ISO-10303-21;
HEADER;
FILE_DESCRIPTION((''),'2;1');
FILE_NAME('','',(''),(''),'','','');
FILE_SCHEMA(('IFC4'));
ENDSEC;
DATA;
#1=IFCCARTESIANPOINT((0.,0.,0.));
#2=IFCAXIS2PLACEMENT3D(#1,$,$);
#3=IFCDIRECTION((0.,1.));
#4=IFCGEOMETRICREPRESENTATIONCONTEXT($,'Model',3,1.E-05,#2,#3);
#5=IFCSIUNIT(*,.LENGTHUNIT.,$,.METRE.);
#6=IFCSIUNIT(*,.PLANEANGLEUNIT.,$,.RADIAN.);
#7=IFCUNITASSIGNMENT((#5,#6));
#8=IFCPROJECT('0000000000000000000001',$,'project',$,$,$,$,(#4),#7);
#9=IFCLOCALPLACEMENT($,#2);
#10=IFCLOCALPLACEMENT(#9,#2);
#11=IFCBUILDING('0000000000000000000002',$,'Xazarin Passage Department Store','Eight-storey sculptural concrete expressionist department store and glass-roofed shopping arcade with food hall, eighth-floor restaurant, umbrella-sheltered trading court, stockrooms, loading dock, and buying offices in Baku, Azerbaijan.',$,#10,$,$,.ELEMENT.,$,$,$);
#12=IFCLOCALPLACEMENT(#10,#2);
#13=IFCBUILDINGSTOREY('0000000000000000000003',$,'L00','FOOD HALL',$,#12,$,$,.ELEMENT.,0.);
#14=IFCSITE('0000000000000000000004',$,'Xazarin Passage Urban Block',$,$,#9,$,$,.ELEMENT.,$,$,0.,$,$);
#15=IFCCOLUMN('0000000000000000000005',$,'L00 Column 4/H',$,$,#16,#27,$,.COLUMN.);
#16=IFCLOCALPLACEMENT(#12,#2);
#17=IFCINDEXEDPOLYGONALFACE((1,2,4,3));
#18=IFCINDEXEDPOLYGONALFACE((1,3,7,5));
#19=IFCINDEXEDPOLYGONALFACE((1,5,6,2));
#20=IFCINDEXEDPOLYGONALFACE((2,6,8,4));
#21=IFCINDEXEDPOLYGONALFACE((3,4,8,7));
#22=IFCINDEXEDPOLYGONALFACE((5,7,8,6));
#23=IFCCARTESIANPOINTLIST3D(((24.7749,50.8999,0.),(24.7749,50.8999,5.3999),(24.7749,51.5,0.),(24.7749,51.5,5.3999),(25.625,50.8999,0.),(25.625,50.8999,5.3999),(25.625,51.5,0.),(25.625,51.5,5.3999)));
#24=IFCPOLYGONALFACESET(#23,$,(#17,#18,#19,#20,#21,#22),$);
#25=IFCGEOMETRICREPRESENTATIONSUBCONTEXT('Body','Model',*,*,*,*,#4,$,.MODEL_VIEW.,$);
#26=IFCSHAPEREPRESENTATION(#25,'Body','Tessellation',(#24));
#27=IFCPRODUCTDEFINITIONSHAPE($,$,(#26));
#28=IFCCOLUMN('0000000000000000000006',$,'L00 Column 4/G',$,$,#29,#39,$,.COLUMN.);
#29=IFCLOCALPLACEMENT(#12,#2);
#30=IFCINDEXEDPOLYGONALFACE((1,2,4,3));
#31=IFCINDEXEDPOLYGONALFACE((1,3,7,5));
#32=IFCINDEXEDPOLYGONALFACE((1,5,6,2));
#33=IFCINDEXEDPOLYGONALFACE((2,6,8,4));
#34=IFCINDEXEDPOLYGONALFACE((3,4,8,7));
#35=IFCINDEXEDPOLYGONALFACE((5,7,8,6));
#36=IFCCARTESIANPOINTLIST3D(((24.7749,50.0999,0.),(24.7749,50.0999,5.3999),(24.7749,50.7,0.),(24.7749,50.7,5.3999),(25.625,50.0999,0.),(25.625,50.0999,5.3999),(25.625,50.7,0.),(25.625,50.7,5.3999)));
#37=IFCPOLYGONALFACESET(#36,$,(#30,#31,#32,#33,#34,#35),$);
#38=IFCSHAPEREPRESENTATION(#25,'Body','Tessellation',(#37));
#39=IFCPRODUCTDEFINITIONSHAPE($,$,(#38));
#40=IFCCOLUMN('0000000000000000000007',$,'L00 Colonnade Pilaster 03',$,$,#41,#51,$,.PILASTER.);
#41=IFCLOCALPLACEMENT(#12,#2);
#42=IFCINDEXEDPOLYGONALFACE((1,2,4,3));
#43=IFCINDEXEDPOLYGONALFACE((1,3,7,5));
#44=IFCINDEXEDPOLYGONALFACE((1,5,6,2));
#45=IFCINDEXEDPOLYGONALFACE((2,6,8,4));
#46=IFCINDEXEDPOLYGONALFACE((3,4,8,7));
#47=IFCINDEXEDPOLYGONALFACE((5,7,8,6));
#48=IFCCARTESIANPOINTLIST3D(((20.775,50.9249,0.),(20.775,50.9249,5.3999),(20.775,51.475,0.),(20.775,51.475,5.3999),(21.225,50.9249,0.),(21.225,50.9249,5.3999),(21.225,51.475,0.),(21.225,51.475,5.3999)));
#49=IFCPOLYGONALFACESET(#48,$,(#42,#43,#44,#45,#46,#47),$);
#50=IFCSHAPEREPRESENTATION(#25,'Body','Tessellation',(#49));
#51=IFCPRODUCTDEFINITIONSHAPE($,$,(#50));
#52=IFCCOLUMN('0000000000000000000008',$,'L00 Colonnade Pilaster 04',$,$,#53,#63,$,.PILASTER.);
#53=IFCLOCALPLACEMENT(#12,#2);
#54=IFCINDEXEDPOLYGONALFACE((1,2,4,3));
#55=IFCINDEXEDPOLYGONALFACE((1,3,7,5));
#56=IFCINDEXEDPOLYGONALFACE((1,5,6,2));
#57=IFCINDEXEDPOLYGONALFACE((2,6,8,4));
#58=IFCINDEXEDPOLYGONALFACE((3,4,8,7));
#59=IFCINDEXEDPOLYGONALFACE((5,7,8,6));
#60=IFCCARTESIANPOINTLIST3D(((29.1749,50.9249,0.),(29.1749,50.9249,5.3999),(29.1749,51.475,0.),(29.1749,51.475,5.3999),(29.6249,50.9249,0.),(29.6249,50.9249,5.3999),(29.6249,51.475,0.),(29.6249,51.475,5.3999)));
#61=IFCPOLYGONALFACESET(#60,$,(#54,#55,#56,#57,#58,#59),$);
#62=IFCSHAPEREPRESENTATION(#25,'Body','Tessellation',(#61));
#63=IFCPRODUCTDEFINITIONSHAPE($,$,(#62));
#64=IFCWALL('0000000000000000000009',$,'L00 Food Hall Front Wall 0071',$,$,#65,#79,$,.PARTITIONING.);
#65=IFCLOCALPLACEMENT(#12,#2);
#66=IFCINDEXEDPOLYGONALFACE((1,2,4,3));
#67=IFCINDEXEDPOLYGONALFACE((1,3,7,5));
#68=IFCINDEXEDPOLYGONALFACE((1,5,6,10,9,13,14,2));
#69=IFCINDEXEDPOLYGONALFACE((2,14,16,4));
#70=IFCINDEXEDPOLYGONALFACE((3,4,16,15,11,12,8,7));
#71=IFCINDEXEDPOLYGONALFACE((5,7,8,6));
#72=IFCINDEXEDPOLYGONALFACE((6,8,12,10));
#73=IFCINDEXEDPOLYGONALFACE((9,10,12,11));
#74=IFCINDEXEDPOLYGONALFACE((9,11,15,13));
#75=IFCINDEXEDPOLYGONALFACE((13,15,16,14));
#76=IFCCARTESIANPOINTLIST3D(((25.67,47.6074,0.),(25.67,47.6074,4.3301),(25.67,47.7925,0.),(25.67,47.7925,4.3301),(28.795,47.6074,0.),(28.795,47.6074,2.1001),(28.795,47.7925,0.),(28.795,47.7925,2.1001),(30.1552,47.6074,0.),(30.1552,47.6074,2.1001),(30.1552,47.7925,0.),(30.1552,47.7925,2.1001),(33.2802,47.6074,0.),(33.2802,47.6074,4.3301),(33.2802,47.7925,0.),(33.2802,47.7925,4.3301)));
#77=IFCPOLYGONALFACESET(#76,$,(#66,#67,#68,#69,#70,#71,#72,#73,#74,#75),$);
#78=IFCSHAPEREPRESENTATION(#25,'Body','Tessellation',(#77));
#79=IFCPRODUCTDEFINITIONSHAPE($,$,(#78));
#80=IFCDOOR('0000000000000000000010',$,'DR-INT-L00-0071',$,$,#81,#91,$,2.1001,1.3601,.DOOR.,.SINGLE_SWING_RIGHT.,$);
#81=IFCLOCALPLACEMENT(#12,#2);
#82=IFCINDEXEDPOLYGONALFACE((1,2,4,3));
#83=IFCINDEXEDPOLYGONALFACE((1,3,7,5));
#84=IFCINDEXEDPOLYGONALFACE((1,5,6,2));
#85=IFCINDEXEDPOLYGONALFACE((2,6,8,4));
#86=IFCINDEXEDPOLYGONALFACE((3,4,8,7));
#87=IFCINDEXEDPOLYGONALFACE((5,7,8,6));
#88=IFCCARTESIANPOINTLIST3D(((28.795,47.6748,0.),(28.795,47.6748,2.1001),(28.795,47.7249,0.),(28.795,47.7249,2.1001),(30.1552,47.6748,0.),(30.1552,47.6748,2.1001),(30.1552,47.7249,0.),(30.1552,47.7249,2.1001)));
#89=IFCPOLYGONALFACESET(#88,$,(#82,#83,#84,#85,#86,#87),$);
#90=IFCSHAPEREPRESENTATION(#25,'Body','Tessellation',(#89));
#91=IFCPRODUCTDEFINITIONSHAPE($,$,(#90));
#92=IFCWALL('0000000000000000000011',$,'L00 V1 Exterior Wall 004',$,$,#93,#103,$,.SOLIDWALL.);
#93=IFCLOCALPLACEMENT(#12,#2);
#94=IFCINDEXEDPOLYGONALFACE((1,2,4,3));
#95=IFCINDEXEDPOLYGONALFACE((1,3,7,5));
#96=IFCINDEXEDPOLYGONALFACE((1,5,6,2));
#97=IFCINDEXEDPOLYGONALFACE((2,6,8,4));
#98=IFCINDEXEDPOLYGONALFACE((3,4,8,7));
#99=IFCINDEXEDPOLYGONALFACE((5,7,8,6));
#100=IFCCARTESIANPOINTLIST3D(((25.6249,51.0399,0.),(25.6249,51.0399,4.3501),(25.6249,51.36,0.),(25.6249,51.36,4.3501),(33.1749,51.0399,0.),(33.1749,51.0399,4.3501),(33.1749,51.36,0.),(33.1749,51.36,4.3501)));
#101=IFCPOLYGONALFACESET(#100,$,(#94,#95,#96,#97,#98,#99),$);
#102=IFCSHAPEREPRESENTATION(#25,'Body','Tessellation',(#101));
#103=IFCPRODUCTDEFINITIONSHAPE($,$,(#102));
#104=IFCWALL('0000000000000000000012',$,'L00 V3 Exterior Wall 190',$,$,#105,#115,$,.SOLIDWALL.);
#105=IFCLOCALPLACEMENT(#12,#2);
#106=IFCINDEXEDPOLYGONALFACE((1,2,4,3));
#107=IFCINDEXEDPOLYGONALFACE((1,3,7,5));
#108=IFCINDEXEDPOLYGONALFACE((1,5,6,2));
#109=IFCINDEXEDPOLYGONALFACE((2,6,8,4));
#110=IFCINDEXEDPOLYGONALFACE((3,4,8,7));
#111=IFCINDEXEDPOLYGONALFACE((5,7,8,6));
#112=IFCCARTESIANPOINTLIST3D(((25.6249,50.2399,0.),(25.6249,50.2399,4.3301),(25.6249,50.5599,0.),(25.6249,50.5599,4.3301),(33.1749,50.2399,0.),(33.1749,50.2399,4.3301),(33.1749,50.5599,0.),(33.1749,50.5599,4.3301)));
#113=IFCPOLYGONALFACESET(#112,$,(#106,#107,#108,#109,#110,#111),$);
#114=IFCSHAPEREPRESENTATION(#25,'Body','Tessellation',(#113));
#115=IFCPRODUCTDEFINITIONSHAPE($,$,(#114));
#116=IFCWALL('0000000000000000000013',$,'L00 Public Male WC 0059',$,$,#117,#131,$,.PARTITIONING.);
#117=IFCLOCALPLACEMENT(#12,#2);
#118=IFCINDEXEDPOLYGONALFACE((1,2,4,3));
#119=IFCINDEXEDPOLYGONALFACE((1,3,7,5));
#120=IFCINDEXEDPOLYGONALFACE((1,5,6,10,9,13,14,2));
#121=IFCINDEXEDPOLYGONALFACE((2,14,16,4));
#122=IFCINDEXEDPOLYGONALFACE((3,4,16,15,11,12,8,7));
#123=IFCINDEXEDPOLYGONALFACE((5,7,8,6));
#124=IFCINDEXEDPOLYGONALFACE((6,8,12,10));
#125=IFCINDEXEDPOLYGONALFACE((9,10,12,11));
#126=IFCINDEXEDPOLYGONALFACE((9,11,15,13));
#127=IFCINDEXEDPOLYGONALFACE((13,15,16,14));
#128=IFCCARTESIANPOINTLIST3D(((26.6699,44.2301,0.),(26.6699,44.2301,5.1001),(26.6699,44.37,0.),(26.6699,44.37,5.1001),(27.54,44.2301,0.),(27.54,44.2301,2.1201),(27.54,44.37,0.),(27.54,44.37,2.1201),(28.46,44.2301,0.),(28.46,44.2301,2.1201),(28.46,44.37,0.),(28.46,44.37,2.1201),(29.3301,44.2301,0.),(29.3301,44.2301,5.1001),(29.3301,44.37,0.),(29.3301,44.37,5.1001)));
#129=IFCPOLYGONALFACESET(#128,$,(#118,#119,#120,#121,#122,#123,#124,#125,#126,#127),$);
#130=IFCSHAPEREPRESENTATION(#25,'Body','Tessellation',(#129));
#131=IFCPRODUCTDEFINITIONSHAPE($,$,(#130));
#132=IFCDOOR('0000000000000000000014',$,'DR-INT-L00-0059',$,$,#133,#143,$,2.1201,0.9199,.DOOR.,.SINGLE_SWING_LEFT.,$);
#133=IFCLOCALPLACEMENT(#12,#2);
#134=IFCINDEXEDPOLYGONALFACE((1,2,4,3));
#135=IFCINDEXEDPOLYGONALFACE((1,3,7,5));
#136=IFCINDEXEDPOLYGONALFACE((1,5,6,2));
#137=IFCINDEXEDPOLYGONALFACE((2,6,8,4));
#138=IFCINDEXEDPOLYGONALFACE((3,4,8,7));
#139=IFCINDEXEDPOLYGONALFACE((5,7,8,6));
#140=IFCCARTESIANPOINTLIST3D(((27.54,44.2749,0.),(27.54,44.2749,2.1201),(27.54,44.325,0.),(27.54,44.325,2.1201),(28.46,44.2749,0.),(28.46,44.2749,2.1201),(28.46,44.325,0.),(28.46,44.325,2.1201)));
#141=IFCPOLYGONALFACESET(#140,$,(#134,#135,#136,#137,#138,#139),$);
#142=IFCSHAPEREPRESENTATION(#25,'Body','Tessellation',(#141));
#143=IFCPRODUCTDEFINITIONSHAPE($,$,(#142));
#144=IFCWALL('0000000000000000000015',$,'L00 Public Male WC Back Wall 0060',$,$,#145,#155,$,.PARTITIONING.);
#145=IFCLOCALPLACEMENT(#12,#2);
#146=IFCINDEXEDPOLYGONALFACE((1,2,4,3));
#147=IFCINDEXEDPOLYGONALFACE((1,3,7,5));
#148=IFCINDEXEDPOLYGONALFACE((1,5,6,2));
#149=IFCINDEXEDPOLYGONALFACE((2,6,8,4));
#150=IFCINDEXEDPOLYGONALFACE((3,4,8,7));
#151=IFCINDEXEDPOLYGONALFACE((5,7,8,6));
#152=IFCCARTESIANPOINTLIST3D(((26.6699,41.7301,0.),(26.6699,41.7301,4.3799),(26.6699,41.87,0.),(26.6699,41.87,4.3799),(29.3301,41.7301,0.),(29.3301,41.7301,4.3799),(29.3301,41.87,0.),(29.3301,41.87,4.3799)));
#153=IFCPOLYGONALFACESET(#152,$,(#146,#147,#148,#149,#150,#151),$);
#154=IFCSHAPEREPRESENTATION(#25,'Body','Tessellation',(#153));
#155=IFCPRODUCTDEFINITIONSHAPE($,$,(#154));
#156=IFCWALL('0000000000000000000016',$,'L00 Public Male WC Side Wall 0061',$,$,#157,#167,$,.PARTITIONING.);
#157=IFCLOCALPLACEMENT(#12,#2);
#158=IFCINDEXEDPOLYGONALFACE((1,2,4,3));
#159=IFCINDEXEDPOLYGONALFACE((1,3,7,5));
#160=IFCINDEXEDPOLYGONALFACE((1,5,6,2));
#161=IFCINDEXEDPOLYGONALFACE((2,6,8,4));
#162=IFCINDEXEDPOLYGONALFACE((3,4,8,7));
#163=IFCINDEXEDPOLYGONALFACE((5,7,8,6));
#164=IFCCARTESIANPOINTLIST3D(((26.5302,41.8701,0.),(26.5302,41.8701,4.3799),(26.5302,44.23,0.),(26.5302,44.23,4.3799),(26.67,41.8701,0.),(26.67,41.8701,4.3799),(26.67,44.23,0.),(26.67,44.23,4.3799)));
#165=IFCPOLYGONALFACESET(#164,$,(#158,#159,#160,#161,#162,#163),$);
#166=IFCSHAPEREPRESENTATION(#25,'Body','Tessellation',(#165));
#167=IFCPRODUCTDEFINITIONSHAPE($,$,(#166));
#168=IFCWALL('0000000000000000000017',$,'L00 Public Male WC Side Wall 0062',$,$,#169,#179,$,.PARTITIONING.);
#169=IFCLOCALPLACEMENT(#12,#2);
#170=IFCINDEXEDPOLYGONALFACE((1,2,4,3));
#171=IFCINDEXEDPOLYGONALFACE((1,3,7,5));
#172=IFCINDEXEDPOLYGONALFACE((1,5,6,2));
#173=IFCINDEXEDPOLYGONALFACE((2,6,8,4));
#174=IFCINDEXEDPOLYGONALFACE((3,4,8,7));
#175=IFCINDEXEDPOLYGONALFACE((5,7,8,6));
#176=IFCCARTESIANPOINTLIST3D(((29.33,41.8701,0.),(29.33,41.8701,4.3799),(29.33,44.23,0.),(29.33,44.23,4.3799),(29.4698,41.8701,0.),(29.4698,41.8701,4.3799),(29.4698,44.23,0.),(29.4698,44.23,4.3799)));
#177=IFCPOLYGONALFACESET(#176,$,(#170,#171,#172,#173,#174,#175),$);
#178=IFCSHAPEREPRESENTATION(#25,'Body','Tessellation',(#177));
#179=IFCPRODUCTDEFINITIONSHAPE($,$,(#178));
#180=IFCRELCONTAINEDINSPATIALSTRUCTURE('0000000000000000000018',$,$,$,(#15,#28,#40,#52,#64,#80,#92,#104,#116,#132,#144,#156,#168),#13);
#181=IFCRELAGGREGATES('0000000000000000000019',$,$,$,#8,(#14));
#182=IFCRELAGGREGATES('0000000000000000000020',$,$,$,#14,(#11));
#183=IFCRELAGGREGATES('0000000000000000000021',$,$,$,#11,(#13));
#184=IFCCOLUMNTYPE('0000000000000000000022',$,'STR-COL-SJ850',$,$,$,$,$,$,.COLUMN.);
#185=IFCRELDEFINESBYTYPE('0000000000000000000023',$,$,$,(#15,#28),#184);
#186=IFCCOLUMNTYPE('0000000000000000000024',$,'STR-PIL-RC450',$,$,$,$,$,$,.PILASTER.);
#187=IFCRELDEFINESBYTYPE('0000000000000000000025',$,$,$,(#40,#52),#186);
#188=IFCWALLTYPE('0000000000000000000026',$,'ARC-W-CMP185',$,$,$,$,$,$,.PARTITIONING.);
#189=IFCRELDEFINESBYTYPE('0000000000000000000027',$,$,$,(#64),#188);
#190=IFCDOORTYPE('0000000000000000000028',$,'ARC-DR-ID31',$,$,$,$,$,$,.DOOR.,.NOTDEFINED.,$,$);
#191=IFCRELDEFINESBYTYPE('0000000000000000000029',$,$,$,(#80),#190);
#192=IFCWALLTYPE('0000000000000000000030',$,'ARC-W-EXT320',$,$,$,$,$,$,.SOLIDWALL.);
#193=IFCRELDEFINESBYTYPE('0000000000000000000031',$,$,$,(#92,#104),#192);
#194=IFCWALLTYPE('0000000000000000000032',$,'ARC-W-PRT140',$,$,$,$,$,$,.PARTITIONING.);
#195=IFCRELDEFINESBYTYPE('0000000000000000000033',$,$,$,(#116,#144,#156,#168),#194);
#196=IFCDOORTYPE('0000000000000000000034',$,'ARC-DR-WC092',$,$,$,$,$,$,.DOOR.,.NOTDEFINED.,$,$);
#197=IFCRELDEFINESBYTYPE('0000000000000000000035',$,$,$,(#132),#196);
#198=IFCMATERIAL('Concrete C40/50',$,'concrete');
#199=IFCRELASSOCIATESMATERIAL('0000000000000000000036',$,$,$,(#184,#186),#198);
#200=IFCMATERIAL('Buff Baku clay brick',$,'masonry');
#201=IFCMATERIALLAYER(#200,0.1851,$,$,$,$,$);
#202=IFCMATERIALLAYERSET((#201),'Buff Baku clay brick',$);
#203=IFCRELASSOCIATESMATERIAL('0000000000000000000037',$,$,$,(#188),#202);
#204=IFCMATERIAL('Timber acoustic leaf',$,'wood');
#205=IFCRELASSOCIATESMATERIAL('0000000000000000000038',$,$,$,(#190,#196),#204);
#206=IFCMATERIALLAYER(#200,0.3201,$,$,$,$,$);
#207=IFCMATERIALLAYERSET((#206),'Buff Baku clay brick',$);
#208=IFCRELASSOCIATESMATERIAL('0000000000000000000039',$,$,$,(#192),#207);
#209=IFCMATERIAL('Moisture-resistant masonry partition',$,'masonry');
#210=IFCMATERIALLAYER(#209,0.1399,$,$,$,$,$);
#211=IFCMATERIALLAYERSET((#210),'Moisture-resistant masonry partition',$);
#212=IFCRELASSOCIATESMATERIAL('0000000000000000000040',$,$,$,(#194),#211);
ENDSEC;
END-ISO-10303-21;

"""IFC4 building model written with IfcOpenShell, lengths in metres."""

from ifc_helpers import new_model, si_unit, direction, frame, frame_2d, origin, origin_2d, place, context, subcontext, project, spatial, rectangle, extrude, material, layer, layer_set, material_profile, profile_set, type_object, element, fill, save


model = new_model("IFC4")

# Units and contexts
model_context = context("Model", 3, precision=1e-05, world=origin(), true_north=direction((0.0, 1.0)))
body_context = subcontext(model_context, "Body", "Model", "MODEL_VIEW")
ifc_project = project(units=[si_unit("LENGTHUNIT", "METRE"), si_unit("PLANEANGLEUNIT", "RADIAN")], contexts=[model_context])

# Site, building, storey
site_placement = place(None, origin())
site = spatial("IfcSite", under=ifc_project, at=site_placement, Name="Xazarin Passage Urban Block", CompositionType="ELEMENT", RefElevation=0.0)
building_placement = place(site_placement, origin())
building = spatial("IfcBuilding", under=site, at=building_placement, Name="Xazarin Passage Department Store", Description="Eight-storey sculptural concrete expressionist department store and glass-roofed shopping arcade with food hall, eighth-floor restaurant, umbrella-sheltered trading court, stockrooms, loading dock, and buying offices in Baku, Azerbaijan.", CompositionType="ELEMENT")
storey_placement = place(building_placement, origin())
storey = spatial("IfcBuildingStorey", under=building, at=storey_placement, Name="L00", Description="FOOD HALL", CompositionType="ELEMENT", Elevation=0.0)

# Columns
ifc_material_1 = material(Name="Concrete C40/50", Category="concrete")
ifc_material_profile_1 = material_profile(ifc_material_1, rectangle(XDim=0.6001, YDim=0.8501, at=origin_2d()), Name="RC 600x850")
ifc_profile_set_1 = profile_set([ifc_material_profile_1], Name="Concrete C40/50")
column_type_1 = type_object("IfcColumnType", Name="STR-COL-SJ850", PredefinedType="COLUMN", material=ifc_profile_set_1)
for number, where, z_axis, x_axis, name in (
    (1, (25.2, 51.2, 0.0), (0.0, 0.0, 1.0), (0.0, 1.0, 0.0), "L00 Column 4/H"),
    (2, (25.2, 50.3999, 0.0), (0.0, 0.0, 1.0), (0.0, 1.0, 0.0), "L00 Column 4/G"),
):
    element("IfcColumn", number, at=place(storey_placement, frame(where, z_axis=z_axis, x_axis=x_axis)), inside=storey, type_object=column_type_1, Name=name, PredefinedType="COLUMN", context=body_context, shape_type="SweptSolid", body=[
        extrude(rectangle(XDim=0.6001, YDim=0.8501, at=origin_2d()), origin(), (0.0, 0.0, 1.0), 5.3999),
    ])
ifc_material_profile_2 = material_profile(ifc_material_1, rectangle(XDim=0.45, YDim=0.55, at=origin_2d()), Name="RC 450x550")
ifc_profile_set_2 = profile_set([ifc_material_profile_2], Name="Concrete C40/50")
column_type_2 = type_object("IfcColumnType", Name="STR-PIL-RC450", PredefinedType="PILASTER", material=ifc_profile_set_2)
for number, where, z_axis, x_axis, name in (
    (3, (21.0, 51.2, 0.0), (0.0, 0.0, 1.0), (1.0, 0.0, 0.0), "L00 Colonnade Pilaster 03"),
    (4, (29.3999, 51.2, 0.0), (0.0, 0.0, 1.0), (1.0, 0.0, 0.0), "L00 Colonnade Pilaster 04"),
):
    element("IfcColumn", number, at=place(storey_placement, frame(where, z_axis=z_axis, x_axis=x_axis)), inside=storey, type_object=column_type_2, Name=name, PredefinedType="PILASTER", context=body_context, shape_type="SweptSolid", body=[
        extrude(rectangle(XDim=0.45, YDim=0.55, at=origin_2d()), origin(), (0.0, 0.0, 1.0), 5.3999),
    ])

# Wall, opening, door
ifc_material_2 = material(Name="Buff Baku clay brick", Category="masonry")
ifc_layer_1 = layer(ifc_material_2, 0.1851)
ifc_layer_set_1 = layer_set([ifc_layer_1], Name="Buff Baku clay brick")
wall_type_1 = type_object("IfcWallType", Name="ARC-W-CMP185", PredefinedType="PARTITIONING", material=ifc_layer_set_1)
wall_1_placement = place(storey_placement, frame((25.6699, 47.7, 0.0), z_axis=(0.0, 0.0, 1.0), x_axis=(1.0, 0.0, 0.0)))
wall_1 = element("IfcWall", 5, at=wall_1_placement, inside=storey, type_object=wall_type_1, Name="L00 Food Hall Front Wall 0071", PredefinedType="PARTITIONING", context=body_context, shape_type="SweptSolid", body=[
    extrude(rectangle(XDim=7.6101, YDim=0.1851, at=frame_2d((3.8052, 0.0))), origin(), (0.0, 0.0, 1.0), 4.3301),
])
opening_1_placement = place(wall_1_placement, frame((3.125, 0.0, 0.0)))
opening_1 = element("IfcOpeningElement", 6, at=opening_1_placement, cuts=wall_1, PredefinedType="OPENING", context=body_context, shape_type="SweptSolid", body=[
    extrude(rectangle(XDim=1.3601, YDim=2.1001, at=frame_2d((0.6802, 1.05))), frame((0.0, 0.1025, 0.0), z_axis=(0.0, -1.0, 0.0), x_axis=(1.0, 0.0, 0.0)), (0.0, 0.0, 1.0), 0.2051),
])
ifc_material_3 = material(Name="Timber acoustic leaf", Category="wood")
door_type_1 = type_object("IfcDoorType", Name="ARC-DR-ID31", OperationType="NOTDEFINED", PredefinedType="DOOR", material=ifc_material_3)
door_1_placement = place(opening_1_placement, origin())
door_1 = element("IfcDoor", 7, at=door_1_placement, inside=storey, type_object=door_type_1, Name="DR-INT-L00-0071", OperationType="SINGLE_SWING_RIGHT", OverallHeight=2.1001, OverallWidth=1.3601, PredefinedType="DOOR", context=body_context, shape_type="SweptSolid", body=[
    extrude(rectangle(XDim=1.3601, YDim=2.1001, at=frame_2d((0.6802, 1.05))), frame((0.0, 0.0249, 0.0), z_axis=(0.0, -1.0, 0.0), x_axis=(1.0, 0.0, 0.0)), (0.0, 0.0, 1.0), 0.05),
])
fill(opening_1, door_1)

# Walls
ifc_layer_2 = layer(ifc_material_2, 0.3201)
ifc_layer_set_2 = layer_set([ifc_layer_2], Name="Buff Baku clay brick")
wall_type_2 = type_object("IfcWallType", Name="ARC-W-EXT320", PredefinedType="SOLIDWALL", material=ifc_layer_set_2)
wall_2_placement = place(storey_placement, frame((25.625, 51.2, 0.0), z_axis=(0.0, 0.0, 1.0), x_axis=(1.0, 0.0, 0.0)))
element("IfcWall", 8, at=wall_2_placement, inside=storey, type_object=wall_type_2, Name="L00 V1 Exterior Wall 004", PredefinedType="SOLIDWALL", context=body_context, shape_type="SweptSolid", body=[
    extrude(rectangle(XDim=7.55, YDim=0.3201, at=frame_2d((3.7749, 0.0))), origin(), (0.0, 0.0, 1.0), 4.3501),
])
wall_3_placement = place(storey_placement, frame((25.625, 50.3999, 0.0), z_axis=(0.0, 0.0, 1.0), x_axis=(1.0, 0.0, 0.0)))
element("IfcWall", 9, at=wall_3_placement, inside=storey, type_object=wall_type_2, Name="L00 V3 Exterior Wall 190", PredefinedType="SOLIDWALL", context=body_context, shape_type="SweptSolid", body=[
    extrude(rectangle(XDim=7.55, YDim=0.3201, at=frame_2d((3.7749, 0.0))), origin(), (0.0, 0.0, 1.0), 4.3301),
])

# Wall, opening, door
ifc_material_4 = material(Name="Moisture-resistant masonry partition", Category="masonry")
ifc_layer_3 = layer(ifc_material_4, 0.1399)
ifc_layer_set_3 = layer_set([ifc_layer_3], Name="Moisture-resistant masonry partition")
wall_type_3 = type_object("IfcWallType", Name="ARC-W-PRT140", PredefinedType="PARTITIONING", material=ifc_layer_set_3)
wall_4_placement = place(storey_placement, frame((26.6699, 44.3, 0.0), z_axis=(0.0, 0.0, 1.0), x_axis=(1.0, 0.0, 0.0)))
wall_4 = element("IfcWall", 10, at=wall_4_placement, inside=storey, type_object=wall_type_3, Name="L00 Public Male WC 0059", PredefinedType="PARTITIONING", context=body_context, shape_type="SweptSolid", body=[
    extrude(rectangle(XDim=2.6602, YDim=0.1399, at=frame_2d((1.3301, 0.0))), origin(), (0.0, 0.0, 1.0), 5.1001),
])
opening_2_placement = place(wall_4_placement, frame((0.8701, 0.0, 0.0)))
opening_2 = element("IfcOpeningElement", 11, at=opening_2_placement, cuts=wall_4, PredefinedType="OPENING", context=body_context, shape_type="SweptSolid", body=[
    extrude(rectangle(XDim=0.9199, YDim=2.1201, at=frame_2d((0.46, 1.0601))), frame((0.0, 0.0798, 0.0), z_axis=(0.0, -1.0, 0.0), x_axis=(1.0, 0.0, 0.0)), (0.0, 0.0, 1.0), 0.1599),
])
door_type_2 = type_object("IfcDoorType", Name="ARC-DR-WC092", OperationType="NOTDEFINED", PredefinedType="DOOR", material=ifc_material_3)
door_2_placement = place(opening_2_placement, origin())
door_2 = element("IfcDoor", 12, at=door_2_placement, inside=storey, type_object=door_type_2, Name="DR-INT-L00-0059", OperationType="SINGLE_SWING_LEFT", OverallHeight=2.1201, OverallWidth=0.9199, PredefinedType="DOOR", context=body_context, shape_type="SweptSolid", body=[
    extrude(rectangle(XDim=0.9199, YDim=2.1201, at=frame_2d((0.46, 1.0601))), frame((0.0, 0.0249, 0.0), z_axis=(0.0, -1.0, 0.0), x_axis=(1.0, 0.0, 0.0)), (0.0, 0.0, 1.0), 0.05),
])
fill(opening_2, door_2)

# Walls
wall_5_placement = place(storey_placement, frame((26.6699, 41.8, 0.0), z_axis=(0.0, 0.0, 1.0), x_axis=(1.0, 0.0, 0.0)))
element("IfcWall", 13, at=wall_5_placement, inside=storey, type_object=wall_type_3, Name="L00 Public Male WC Back Wall 0060", PredefinedType="PARTITIONING", context=body_context, shape_type="SweptSolid", body=[
    extrude(rectangle(XDim=2.6602, YDim=0.1399, at=frame_2d((1.3301, 0.0))), origin(), (0.0, 0.0, 1.0), 4.3799),
])
for number, where, z_axis, x_axis, name in (
    (14, (26.6001, 41.8701, 0.0), (0.0, 0.0, 1.0), (0.0, 1.0, 0.0), "L00 Public Male WC Side Wall 0061"),
    (15, (29.3999, 41.8701, 0.0), (0.0, 0.0, 1.0), (0.0, 1.0, 0.0), "L00 Public Male WC Side Wall 0062"),
):
    element("IfcWall", number, at=place(storey_placement, frame(where, z_axis=z_axis, x_axis=x_axis)), inside=storey, type_object=wall_type_3, Name=name, PredefinedType="PARTITIONING", context=body_context, shape_type="SweptSolid", body=[
        extrude(rectangle(XDim=2.3599, YDim=0.1399, at=frame_2d((1.1799, 0.0))), origin(), (0.0, 0.0, 1.0), 4.3799),
    ])

save(model, "model.ifc")
